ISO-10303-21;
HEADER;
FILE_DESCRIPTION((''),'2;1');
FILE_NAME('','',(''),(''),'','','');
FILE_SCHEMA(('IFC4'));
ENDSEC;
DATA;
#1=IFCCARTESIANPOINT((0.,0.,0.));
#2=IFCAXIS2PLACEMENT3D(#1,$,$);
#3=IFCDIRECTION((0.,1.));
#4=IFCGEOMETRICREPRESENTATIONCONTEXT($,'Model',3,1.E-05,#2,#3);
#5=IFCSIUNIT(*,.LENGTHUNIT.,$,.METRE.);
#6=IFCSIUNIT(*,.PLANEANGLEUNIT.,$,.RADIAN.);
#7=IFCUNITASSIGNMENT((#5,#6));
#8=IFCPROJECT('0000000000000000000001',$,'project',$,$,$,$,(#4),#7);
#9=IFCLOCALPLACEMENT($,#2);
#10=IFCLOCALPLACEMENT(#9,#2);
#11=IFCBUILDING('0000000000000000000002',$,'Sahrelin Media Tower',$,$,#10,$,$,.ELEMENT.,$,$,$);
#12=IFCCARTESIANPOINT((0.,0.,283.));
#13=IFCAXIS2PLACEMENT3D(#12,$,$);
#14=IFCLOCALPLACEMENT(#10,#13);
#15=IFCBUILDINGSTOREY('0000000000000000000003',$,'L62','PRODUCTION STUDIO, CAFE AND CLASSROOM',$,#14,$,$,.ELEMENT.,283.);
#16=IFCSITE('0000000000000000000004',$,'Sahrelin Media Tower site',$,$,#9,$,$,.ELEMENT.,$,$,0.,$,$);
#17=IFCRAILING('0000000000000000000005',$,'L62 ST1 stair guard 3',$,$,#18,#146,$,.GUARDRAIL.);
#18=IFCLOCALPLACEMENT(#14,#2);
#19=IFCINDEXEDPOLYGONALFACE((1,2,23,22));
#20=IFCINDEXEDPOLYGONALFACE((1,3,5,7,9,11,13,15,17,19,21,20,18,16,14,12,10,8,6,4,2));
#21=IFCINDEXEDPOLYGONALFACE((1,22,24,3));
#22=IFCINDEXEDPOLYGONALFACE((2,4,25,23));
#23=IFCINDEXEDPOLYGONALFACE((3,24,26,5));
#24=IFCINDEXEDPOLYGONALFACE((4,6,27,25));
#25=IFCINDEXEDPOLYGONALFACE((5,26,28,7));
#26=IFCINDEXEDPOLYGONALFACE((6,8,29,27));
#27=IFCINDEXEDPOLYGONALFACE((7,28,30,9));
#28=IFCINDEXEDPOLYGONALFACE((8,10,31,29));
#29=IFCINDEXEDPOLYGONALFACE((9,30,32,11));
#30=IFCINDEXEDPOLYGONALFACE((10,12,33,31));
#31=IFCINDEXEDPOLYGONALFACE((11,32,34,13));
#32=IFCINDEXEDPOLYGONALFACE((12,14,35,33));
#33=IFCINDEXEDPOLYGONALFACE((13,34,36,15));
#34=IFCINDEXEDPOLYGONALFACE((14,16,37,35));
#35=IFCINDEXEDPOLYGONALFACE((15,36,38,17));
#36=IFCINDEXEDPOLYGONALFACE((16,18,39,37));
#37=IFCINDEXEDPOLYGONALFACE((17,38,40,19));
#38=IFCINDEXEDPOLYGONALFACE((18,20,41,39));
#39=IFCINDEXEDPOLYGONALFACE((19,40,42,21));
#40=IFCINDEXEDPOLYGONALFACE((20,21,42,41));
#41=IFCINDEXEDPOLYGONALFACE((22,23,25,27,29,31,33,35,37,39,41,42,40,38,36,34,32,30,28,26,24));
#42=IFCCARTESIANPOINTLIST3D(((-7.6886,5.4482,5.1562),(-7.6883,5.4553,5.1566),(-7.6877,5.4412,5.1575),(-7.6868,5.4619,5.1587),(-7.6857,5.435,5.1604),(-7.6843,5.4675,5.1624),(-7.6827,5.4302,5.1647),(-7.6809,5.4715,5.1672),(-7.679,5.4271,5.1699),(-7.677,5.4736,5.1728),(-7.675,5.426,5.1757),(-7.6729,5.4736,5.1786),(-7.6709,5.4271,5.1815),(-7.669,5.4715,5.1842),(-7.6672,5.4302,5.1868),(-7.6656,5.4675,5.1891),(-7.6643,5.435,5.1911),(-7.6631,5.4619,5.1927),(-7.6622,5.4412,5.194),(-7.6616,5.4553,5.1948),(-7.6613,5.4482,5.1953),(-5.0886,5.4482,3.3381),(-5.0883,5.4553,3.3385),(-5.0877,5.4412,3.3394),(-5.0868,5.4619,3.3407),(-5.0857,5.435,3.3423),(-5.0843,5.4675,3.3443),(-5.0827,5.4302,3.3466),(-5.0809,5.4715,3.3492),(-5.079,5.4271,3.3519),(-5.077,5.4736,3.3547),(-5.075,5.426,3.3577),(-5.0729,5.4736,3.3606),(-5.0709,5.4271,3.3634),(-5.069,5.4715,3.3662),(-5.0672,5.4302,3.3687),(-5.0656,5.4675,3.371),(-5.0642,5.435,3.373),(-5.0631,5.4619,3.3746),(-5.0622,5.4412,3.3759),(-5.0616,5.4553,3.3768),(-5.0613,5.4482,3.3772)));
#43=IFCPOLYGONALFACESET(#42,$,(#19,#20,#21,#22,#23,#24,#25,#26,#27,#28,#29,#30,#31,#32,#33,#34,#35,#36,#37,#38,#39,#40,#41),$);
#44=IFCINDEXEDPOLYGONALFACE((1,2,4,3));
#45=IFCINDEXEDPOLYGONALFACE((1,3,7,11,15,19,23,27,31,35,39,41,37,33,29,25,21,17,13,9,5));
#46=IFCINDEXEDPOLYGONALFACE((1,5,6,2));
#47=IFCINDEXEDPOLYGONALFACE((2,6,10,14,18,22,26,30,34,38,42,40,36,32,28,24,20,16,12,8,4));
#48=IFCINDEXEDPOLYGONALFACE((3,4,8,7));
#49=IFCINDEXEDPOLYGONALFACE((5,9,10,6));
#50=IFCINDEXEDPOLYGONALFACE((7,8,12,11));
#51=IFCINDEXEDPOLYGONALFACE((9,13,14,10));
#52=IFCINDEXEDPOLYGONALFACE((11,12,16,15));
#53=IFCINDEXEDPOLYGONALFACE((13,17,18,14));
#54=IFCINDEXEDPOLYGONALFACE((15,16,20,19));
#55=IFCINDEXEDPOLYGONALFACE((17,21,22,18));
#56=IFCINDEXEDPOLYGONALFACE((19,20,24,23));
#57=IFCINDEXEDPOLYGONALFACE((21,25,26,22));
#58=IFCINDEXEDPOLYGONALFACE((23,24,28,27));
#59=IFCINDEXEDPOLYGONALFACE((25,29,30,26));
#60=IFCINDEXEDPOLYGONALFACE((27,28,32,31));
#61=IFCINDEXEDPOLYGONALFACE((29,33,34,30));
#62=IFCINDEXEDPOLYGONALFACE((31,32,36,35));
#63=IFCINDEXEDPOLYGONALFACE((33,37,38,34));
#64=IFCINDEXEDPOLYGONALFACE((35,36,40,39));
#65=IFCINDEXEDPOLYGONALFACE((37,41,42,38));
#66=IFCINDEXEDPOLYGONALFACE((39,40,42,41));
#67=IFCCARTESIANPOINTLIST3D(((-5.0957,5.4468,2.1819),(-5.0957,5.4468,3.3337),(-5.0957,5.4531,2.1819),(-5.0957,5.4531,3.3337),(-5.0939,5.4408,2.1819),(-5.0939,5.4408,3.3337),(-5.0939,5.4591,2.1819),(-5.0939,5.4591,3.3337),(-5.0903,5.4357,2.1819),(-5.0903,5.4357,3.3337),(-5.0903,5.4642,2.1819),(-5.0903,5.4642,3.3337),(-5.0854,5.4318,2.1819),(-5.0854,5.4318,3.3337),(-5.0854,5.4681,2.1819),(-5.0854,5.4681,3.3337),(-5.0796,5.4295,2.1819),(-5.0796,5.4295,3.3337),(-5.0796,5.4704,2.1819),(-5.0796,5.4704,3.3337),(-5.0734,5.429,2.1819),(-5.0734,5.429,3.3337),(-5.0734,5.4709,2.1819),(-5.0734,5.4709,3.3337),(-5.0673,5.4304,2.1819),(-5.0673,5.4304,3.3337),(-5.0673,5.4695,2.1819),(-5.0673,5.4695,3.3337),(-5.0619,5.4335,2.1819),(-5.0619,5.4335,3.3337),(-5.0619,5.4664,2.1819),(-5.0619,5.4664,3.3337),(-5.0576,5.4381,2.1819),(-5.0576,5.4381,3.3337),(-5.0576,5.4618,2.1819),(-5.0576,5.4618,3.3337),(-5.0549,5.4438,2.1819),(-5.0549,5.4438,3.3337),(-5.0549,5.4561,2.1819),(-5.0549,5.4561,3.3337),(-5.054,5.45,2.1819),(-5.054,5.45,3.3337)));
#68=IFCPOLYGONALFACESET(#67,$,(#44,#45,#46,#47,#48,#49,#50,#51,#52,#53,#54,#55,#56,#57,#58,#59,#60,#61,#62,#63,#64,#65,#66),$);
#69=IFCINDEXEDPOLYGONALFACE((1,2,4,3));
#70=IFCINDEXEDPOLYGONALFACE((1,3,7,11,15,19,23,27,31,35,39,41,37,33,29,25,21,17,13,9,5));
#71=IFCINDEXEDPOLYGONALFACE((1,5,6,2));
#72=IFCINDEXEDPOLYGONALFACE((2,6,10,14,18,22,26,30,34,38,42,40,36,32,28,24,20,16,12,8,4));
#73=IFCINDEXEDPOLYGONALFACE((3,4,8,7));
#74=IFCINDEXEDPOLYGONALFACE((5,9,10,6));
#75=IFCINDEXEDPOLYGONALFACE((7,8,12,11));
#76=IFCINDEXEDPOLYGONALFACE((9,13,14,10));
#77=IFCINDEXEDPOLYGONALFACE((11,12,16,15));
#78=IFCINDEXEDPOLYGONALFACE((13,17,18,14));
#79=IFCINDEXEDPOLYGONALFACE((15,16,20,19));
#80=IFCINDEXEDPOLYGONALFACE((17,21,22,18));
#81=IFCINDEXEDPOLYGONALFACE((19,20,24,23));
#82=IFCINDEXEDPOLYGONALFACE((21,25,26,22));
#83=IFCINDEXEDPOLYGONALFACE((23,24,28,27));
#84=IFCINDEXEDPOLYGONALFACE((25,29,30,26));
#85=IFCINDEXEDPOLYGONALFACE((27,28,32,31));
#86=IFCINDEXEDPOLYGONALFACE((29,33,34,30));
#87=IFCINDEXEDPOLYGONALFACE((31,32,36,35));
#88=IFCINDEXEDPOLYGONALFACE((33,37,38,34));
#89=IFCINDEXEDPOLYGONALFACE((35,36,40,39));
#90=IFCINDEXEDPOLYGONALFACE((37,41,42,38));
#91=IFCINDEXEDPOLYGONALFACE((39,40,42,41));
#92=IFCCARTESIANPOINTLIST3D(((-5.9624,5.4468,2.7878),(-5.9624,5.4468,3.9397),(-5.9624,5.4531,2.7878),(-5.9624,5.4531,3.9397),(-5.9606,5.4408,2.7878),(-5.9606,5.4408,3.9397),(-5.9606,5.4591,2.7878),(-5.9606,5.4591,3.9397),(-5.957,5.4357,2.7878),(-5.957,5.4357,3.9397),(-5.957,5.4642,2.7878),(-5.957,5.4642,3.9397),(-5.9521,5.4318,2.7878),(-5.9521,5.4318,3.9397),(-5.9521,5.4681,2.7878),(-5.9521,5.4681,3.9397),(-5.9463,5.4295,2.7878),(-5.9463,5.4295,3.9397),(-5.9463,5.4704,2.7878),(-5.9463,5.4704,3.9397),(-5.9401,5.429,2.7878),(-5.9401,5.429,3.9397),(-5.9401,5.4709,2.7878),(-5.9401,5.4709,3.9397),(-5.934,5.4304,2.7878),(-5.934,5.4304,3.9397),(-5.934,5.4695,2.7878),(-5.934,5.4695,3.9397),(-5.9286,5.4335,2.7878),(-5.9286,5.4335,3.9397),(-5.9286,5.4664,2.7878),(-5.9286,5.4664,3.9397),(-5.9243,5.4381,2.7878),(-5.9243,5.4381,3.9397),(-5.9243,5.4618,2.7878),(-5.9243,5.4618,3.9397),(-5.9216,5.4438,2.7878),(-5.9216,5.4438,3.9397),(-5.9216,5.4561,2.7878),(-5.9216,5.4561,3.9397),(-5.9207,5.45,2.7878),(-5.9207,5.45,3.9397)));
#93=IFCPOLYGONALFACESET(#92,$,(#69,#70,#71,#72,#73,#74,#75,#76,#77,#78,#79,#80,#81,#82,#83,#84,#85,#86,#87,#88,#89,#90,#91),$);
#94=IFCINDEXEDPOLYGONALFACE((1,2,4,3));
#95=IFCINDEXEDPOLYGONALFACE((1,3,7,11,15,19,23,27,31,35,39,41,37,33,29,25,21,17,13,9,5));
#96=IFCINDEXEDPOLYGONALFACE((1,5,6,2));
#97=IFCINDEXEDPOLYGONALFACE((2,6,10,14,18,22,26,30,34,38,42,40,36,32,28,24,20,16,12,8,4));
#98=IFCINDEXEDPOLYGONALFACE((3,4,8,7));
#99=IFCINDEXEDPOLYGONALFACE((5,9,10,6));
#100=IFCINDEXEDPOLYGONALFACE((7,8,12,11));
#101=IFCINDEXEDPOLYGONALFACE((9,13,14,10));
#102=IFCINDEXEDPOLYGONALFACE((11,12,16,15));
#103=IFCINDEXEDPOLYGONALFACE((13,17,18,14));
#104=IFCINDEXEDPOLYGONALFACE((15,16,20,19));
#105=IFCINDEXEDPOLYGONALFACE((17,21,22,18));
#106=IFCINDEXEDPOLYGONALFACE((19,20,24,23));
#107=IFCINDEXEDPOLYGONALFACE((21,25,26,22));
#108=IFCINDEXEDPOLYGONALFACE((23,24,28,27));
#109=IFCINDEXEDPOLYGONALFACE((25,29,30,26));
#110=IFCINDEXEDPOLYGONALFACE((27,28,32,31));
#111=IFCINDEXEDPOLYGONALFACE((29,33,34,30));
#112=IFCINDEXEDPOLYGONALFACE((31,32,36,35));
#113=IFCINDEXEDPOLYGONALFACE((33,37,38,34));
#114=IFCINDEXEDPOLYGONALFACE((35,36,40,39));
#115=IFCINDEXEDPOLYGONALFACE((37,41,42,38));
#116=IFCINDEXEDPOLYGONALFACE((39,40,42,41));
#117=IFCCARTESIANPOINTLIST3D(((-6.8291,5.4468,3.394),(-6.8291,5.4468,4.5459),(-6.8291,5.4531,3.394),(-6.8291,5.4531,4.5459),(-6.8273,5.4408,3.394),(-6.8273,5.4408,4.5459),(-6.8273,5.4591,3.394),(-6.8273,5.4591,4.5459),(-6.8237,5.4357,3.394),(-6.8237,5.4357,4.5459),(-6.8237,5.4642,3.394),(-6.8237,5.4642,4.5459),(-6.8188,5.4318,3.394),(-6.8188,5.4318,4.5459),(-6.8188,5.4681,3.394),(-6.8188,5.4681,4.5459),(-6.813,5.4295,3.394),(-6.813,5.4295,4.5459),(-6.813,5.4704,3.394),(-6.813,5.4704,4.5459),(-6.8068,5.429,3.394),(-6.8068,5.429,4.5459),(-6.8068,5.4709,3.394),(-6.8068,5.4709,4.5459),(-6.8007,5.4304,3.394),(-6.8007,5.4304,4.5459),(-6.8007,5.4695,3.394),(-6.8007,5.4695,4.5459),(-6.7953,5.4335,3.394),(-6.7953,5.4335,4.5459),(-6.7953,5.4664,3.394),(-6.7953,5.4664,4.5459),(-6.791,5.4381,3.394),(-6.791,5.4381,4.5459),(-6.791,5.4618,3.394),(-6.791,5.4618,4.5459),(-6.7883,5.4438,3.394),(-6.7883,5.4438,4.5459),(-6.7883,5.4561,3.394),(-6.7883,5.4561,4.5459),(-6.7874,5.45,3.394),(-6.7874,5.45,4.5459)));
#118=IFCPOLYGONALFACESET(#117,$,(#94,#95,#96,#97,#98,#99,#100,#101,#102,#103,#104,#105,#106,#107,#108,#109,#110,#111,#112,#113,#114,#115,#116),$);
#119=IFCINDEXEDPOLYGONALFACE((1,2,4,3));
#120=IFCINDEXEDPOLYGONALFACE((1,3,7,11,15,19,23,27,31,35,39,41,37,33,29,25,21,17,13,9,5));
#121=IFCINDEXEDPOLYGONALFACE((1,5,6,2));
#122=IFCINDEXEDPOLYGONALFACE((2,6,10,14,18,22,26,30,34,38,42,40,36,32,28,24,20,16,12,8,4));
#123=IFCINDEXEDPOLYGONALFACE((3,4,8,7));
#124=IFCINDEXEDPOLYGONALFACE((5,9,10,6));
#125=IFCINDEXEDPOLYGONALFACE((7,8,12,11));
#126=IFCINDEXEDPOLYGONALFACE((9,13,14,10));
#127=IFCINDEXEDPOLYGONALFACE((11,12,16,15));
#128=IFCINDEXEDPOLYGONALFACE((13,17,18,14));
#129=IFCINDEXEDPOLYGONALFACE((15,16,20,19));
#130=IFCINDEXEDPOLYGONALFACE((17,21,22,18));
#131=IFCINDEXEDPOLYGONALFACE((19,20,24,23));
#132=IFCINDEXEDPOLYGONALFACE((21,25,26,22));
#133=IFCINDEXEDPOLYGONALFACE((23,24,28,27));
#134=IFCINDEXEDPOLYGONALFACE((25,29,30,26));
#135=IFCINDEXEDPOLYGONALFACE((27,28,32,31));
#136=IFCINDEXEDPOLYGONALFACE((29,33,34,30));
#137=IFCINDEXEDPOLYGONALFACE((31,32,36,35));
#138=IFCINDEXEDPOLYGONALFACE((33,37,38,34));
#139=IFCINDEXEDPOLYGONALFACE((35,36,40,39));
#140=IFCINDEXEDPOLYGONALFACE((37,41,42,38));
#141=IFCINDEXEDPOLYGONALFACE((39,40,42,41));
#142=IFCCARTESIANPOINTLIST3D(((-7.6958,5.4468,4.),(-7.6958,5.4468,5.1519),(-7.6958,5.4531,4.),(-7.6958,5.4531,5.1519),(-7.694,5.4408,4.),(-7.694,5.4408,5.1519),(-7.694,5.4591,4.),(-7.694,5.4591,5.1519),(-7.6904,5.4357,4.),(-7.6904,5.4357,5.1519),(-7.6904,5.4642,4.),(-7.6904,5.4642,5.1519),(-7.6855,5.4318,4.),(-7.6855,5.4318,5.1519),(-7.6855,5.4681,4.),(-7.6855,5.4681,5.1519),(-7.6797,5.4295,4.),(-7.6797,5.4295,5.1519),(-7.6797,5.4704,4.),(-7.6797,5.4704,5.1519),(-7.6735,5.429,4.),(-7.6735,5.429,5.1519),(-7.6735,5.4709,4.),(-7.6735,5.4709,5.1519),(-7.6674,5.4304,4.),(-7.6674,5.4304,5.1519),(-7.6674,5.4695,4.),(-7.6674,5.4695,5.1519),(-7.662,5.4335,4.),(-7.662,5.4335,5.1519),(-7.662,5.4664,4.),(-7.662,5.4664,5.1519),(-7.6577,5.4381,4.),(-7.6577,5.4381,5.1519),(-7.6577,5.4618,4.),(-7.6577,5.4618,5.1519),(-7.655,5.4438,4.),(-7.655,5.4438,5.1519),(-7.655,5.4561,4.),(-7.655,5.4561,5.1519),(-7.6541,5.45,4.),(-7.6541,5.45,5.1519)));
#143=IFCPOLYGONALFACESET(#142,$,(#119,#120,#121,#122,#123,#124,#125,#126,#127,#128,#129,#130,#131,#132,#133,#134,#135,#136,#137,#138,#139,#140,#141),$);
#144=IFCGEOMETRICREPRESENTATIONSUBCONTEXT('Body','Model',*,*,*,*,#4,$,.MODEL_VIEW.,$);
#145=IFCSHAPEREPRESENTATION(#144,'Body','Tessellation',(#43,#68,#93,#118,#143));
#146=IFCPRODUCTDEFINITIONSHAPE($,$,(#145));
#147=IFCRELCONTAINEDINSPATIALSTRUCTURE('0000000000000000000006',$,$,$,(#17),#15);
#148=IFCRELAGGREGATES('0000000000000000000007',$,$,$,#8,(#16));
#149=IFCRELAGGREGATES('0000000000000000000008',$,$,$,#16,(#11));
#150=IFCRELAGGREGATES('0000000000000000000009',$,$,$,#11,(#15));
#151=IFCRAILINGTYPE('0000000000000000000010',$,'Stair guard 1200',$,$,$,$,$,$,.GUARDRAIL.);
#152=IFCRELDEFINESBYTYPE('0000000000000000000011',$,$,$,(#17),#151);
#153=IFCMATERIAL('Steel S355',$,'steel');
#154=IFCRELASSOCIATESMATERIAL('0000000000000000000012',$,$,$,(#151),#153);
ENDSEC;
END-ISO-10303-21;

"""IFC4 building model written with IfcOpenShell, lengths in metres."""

from ifc_helpers import new_model, si_unit, direction, frame, origin, origin_2d, place, context, subcontext, project, spatial, circle, extrude, material, type_object, element, save


model = new_model("IFC4")

# Units and contexts
model_context = context("Model", 3, precision=1e-05, world=origin(), true_north=direction((0.0, 1.0)))
body_context = subcontext(model_context, "Body", "Model", "MODEL_VIEW")
ifc_project = project(units=[si_unit("LENGTHUNIT", "METRE"), si_unit("PLANEANGLEUNIT", "RADIAN")], contexts=[model_context])

# Site, building, storey
site_placement = place(None, origin())
site = spatial("IfcSite", under=ifc_project, at=site_placement, Name="Sahrelin Media Tower site", CompositionType="ELEMENT", RefElevation=0.0)
building_placement = place(site_placement, origin())
building = spatial("IfcBuilding", under=site, at=building_placement, Name="Sahrelin Media Tower", CompositionType="ELEMENT")
storey_placement = place(building_placement, frame((0.0, 0.0, 283.0)))
storey = spatial("IfcBuildingStorey", under=building, at=storey_placement, Name="L62", Description="PRODUCTION STUDIO, CAFE AND CLASSROOM", CompositionType="ELEMENT", Elevation=283.0)

# Shared definitions
ifc_material_1 = material(Name="Steel S355", Category="steel")

# Railing
railing_type_1 = type_object("IfcRailingType", Name="Stair guard 1200", PredefinedType="GUARDRAIL", material=ifc_material_1)
railing_1_placement = place(storey_placement, frame((-5.075, 5.45, 2.1819)))
element("IfcRailing", 1, at=railing_1_placement, inside=storey, type_object=railing_type_1, Name="L62 ST1 stair guard 3", PredefinedType="GUARDRAIL", context=body_context, shape_type="SweptSolid", body=[
    extrude(circle(Radius=0.0239, at=origin_2d()), frame((0.0, 0.0, 1.1758), z_axis=(-0.819521, 0.0, 0.573049), x_axis=(0.0, -1.0, 0.0)), (0.0, 0.0, 1.0), 3.1726),
    extrude(circle(Radius=0.021, at=origin_2d()), origin(), (0.0, 0.0, 1.0), 1.1519),
    extrude(circle(Radius=0.021, at=origin_2d()), frame((-0.8667, 0.0, 0.606)), (0.0, 0.0, 1.0), 1.1519),
    extrude(circle(Radius=0.021, at=origin_2d()), frame((-1.7334, 0.0, 1.2122)), (0.0, 0.0, 1.0), 1.1519),
    extrude(circle(Radius=0.021, at=origin_2d()), frame((-2.6001, 0.0, 1.8181)), (0.0, 0.0, 1.0), 1.1519),
])

save(model, "model.ifc")
